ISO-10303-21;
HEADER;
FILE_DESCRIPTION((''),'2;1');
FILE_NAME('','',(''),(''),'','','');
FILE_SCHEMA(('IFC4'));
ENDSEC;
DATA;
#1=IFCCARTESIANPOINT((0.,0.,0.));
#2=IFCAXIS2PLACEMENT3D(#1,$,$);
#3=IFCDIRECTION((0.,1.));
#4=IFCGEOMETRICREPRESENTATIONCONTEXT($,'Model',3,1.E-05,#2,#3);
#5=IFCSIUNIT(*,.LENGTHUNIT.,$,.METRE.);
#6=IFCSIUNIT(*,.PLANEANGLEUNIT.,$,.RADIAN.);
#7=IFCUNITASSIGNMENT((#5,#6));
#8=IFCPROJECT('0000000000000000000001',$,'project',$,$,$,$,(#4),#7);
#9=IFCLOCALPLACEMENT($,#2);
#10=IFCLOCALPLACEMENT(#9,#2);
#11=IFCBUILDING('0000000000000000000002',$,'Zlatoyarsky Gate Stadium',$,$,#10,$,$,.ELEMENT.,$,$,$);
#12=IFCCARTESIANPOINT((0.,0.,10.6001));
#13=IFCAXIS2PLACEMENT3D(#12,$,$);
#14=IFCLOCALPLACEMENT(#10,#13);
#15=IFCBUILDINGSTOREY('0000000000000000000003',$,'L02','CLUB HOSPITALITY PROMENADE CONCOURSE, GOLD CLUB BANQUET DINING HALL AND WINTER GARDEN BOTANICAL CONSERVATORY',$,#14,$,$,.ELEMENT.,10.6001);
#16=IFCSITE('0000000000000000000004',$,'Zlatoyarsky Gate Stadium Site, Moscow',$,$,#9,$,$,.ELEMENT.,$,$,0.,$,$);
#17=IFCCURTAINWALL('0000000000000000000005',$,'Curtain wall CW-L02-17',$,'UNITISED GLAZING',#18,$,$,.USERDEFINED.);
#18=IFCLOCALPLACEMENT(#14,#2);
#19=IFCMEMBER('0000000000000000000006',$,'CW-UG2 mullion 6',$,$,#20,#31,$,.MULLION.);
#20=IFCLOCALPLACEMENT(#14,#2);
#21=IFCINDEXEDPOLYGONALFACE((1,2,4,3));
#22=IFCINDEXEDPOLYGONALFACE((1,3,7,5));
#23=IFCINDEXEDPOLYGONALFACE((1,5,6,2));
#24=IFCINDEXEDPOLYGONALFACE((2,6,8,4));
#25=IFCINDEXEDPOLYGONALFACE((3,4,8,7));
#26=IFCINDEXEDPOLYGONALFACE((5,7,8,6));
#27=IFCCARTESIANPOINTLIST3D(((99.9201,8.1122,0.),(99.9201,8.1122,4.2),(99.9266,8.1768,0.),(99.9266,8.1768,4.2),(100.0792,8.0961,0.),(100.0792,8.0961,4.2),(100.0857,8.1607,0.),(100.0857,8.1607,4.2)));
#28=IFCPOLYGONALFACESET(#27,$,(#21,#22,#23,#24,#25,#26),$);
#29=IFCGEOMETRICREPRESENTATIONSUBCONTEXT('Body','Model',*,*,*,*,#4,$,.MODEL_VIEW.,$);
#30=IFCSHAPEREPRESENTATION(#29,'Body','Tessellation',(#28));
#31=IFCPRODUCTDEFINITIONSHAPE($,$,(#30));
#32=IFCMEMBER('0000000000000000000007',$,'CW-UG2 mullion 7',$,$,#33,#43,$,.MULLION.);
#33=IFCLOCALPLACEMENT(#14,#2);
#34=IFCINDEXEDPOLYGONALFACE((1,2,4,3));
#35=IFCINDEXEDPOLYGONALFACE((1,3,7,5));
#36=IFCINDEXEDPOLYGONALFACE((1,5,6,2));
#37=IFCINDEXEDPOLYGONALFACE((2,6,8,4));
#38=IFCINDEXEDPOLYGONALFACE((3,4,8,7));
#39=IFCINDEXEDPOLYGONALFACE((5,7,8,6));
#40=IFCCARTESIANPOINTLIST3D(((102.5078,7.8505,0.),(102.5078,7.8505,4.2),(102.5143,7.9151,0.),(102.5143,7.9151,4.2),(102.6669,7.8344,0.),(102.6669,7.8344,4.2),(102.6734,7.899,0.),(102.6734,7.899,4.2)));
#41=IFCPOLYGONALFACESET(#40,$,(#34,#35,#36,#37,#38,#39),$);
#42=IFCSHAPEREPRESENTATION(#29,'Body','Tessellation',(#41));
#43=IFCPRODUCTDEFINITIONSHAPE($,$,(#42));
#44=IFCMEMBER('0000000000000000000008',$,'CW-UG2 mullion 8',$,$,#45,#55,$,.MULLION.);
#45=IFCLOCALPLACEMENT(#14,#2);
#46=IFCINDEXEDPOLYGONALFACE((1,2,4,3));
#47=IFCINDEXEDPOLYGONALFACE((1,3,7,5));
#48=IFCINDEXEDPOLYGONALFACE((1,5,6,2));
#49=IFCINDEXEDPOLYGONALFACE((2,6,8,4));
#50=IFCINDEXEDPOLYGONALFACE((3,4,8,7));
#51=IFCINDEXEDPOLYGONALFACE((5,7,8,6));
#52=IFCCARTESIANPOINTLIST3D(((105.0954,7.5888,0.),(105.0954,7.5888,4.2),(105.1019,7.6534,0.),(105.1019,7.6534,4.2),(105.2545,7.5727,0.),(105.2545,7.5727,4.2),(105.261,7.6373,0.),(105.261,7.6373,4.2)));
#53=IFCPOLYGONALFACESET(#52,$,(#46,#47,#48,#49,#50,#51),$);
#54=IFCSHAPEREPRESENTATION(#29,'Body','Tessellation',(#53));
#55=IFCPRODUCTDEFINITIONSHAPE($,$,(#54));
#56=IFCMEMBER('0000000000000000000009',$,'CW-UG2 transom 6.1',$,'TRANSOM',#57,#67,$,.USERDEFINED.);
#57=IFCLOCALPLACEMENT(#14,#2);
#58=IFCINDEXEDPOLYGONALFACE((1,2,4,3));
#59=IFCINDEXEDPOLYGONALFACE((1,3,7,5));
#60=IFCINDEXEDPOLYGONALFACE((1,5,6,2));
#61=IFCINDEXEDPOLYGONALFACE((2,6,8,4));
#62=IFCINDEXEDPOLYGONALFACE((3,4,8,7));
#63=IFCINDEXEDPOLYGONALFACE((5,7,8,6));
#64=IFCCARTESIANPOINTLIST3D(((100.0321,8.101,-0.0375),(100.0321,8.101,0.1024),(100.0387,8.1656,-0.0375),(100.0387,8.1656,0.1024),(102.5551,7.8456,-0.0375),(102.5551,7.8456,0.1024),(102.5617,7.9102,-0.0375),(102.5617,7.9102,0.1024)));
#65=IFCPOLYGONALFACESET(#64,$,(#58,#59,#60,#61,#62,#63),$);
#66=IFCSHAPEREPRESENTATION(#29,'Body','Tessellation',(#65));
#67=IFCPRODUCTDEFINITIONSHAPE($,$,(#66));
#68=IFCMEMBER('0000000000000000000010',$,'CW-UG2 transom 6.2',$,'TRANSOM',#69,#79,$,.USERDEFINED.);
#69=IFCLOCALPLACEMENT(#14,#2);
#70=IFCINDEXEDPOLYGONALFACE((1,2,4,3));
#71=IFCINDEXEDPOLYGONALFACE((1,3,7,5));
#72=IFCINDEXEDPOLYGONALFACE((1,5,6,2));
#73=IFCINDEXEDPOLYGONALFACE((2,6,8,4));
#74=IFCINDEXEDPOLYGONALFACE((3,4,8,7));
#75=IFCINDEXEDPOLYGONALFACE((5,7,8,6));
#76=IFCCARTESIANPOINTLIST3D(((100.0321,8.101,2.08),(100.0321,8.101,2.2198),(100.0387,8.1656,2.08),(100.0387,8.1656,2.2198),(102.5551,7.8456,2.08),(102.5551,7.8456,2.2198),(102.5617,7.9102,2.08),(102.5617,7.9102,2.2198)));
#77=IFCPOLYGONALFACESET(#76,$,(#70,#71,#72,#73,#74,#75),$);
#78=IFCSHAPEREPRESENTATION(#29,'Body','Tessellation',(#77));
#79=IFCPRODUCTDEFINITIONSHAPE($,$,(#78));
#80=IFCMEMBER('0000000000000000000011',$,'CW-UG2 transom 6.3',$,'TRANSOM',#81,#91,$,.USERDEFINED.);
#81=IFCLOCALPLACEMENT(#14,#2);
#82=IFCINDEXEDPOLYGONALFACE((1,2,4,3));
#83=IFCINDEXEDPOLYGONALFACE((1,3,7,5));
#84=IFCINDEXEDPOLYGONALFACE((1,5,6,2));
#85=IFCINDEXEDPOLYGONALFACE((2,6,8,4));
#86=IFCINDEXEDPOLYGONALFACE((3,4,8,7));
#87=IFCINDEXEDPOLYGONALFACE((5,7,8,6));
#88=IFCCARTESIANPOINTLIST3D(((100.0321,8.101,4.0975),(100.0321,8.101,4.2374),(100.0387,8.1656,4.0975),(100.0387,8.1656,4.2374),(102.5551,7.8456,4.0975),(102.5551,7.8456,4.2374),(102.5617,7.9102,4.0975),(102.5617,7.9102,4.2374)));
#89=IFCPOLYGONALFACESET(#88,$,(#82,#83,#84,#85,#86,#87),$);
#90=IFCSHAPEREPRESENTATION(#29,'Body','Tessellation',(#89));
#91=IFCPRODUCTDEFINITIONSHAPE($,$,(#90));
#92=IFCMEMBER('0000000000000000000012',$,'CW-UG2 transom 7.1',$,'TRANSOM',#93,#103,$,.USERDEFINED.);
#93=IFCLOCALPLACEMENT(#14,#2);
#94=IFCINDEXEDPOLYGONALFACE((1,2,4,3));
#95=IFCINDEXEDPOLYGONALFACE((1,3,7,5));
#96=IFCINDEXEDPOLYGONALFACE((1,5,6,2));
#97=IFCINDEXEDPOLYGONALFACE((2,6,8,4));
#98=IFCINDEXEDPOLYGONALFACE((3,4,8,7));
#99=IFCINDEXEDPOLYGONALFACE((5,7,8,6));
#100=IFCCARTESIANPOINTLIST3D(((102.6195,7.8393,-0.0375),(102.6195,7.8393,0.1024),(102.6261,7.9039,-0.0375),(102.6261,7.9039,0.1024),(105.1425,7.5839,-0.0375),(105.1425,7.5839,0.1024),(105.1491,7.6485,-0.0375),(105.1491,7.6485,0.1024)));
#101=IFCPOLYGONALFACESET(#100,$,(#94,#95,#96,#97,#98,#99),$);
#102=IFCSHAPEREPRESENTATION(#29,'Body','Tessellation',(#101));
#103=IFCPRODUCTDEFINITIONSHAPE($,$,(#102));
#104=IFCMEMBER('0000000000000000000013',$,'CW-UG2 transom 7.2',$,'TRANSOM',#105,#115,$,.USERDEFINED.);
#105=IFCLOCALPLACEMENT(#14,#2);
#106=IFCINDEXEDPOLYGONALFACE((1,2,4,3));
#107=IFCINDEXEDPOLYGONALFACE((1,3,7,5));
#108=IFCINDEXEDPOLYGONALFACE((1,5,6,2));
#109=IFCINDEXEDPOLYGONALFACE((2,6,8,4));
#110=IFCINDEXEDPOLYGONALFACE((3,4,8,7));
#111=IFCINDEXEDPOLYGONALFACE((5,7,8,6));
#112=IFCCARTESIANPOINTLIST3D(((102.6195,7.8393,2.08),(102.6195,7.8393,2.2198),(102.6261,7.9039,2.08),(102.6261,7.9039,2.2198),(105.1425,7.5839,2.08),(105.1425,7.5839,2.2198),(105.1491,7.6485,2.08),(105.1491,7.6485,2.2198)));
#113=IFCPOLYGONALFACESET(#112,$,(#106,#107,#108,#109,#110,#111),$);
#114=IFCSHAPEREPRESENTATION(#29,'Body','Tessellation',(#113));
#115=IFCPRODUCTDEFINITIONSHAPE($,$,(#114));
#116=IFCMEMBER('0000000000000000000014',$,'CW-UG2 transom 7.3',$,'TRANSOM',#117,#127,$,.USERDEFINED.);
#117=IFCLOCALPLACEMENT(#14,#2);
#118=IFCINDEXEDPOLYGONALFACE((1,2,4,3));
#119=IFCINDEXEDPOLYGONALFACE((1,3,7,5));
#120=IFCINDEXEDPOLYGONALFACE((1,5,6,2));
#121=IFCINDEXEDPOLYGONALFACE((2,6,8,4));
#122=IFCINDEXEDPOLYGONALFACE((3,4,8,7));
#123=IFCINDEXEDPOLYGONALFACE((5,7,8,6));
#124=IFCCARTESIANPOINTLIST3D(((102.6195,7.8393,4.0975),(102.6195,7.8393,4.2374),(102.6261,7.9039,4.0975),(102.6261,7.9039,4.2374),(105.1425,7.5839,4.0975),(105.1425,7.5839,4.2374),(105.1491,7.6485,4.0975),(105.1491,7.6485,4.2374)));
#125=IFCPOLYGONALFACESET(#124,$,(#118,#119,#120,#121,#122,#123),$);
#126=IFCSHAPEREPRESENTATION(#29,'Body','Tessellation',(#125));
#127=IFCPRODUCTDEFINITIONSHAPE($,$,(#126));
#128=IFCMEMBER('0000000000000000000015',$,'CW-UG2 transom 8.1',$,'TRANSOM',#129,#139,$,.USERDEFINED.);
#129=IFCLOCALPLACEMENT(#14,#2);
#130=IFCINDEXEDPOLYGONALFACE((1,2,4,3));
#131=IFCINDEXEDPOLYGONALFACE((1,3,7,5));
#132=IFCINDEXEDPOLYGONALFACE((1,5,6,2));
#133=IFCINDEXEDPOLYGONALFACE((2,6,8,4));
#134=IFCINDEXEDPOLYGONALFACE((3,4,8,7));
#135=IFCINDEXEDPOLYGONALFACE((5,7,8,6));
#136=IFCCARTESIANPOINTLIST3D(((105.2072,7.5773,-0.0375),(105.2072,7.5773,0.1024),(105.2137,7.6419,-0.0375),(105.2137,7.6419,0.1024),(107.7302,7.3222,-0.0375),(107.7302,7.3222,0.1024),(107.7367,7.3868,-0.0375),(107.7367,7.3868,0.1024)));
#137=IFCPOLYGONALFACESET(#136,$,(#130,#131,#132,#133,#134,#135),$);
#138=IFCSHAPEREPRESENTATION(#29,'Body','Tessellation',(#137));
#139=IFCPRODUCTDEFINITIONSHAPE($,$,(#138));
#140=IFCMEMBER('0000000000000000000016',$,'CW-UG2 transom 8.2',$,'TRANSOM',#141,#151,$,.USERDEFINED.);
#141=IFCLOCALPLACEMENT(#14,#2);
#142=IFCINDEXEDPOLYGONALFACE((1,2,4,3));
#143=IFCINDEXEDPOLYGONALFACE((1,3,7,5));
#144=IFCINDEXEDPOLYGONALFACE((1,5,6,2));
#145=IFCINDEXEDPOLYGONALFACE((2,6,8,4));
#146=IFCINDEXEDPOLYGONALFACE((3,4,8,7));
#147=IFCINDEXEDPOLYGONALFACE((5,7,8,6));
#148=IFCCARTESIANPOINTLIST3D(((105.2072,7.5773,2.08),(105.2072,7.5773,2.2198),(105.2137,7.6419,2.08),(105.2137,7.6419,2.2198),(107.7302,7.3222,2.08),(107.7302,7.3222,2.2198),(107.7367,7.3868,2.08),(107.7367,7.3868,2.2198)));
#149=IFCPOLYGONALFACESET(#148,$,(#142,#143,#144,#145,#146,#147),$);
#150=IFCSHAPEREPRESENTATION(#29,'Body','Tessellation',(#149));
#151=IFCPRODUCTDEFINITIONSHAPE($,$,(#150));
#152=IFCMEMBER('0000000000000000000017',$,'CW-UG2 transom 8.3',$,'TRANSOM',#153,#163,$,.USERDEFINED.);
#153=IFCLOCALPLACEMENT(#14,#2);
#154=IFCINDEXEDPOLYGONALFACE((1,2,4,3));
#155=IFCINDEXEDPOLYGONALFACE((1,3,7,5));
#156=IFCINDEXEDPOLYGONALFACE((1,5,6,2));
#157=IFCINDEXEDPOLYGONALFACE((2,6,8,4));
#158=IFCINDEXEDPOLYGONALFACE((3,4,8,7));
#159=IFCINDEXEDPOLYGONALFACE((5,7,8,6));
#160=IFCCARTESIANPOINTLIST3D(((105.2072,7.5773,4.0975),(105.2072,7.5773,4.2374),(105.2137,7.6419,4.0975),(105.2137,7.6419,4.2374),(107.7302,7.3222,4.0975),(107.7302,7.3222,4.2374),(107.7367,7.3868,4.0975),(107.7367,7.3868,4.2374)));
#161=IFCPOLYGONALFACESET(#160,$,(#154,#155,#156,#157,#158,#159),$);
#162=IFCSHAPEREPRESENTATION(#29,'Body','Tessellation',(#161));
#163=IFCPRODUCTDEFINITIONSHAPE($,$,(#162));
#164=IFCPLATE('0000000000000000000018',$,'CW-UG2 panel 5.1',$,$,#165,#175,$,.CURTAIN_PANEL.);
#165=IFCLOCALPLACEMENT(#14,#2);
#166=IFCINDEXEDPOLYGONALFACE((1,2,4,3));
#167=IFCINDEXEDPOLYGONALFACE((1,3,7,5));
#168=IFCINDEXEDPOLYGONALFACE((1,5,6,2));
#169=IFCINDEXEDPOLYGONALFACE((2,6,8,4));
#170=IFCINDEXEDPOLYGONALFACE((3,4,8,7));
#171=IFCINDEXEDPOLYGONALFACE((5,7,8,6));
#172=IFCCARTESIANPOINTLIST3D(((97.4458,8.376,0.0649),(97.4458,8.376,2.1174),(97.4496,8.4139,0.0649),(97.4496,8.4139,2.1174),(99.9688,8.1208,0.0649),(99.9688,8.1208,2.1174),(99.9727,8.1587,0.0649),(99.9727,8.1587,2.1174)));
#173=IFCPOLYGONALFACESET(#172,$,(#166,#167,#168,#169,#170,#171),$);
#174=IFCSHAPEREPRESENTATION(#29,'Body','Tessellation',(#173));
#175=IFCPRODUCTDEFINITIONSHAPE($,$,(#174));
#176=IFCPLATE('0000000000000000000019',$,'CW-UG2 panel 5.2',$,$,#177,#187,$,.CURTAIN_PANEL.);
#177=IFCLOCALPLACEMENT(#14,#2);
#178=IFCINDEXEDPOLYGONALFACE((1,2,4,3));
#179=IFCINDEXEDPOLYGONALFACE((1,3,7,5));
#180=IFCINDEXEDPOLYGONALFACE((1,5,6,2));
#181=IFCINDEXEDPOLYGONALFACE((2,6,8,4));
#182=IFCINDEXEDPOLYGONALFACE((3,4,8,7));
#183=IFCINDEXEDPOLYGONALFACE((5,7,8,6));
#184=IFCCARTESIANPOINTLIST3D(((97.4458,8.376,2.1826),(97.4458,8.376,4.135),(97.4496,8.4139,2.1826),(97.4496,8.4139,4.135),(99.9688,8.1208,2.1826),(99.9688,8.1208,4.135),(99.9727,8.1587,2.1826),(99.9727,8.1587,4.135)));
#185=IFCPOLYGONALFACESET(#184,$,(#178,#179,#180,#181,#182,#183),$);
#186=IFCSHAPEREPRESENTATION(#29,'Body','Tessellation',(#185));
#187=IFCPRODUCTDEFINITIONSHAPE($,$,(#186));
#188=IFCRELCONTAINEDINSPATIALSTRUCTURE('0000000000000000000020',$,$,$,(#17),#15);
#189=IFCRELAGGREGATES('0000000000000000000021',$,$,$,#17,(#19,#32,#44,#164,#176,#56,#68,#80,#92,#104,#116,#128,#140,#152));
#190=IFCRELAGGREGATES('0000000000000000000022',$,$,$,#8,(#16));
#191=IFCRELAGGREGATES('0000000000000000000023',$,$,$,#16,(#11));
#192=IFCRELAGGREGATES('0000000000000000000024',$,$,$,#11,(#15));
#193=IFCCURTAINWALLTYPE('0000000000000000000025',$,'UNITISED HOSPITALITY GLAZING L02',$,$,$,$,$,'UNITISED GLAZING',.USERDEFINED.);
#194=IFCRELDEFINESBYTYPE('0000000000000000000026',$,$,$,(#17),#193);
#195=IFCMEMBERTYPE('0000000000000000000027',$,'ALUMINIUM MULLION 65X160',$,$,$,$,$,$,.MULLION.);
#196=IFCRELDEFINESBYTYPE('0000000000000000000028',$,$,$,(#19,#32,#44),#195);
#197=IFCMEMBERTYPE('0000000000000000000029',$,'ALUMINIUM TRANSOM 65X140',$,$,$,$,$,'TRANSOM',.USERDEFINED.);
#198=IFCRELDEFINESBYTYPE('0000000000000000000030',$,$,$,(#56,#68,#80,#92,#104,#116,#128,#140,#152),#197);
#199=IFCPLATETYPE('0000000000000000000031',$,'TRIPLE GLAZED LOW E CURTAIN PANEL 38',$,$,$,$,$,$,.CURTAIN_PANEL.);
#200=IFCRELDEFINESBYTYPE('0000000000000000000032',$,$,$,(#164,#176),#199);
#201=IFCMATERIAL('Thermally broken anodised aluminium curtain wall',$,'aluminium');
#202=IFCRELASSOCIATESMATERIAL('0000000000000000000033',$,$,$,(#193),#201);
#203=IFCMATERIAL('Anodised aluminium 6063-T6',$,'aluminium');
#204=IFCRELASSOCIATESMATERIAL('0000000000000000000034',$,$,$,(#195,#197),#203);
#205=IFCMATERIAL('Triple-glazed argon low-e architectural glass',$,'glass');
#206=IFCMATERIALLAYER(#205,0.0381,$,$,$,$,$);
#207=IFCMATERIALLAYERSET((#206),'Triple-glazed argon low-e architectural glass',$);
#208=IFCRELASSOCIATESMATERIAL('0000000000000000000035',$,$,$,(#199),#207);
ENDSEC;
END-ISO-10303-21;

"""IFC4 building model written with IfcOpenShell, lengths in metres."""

from ifc_helpers import new_model, si_unit, direction, frame, origin, origin_2d, place, context, subcontext, project, spatial, rectangle, extrude, material, layer, layer_set, material_profile, profile_set, type_object, element, aggregate, save


model = new_model("IFC4")

# Units and contexts
model_context = context("Model", 3, precision=1e-05, world=origin(), true_north=direction((0.0, 1.0)))
body_context = subcontext(model_context, "Body", "Model", "MODEL_VIEW")
ifc_project = project(units=[si_unit("LENGTHUNIT", "METRE"), si_unit("PLANEANGLEUNIT", "RADIAN")], contexts=[model_context])

# Site, building, storey
site_placement = place(None, origin())
site = spatial("IfcSite", under=ifc_project, at=site_placement, Name="Zlatoyarsky Gate Stadium Site, Moscow", CompositionType="ELEMENT", RefElevation=0.0)
building_placement = place(site_placement, origin())
building = spatial("IfcBuilding", under=site, at=building_placement, Name="Zlatoyarsky Gate Stadium", CompositionType="ELEMENT")
storey_placement = place(building_placement, frame((0.0, 0.0, 10.6001)))
storey = spatial("IfcBuildingStorey", under=building, at=storey_placement, Name="L02", Description="CLUB HOSPITALITY PROMENADE CONCOURSE, GOLD CLUB BANQUET DINING HALL AND WINTER GARDEN BOTANICAL CONSERVATORY", CompositionType="ELEMENT", Elevation=10.6001)

# Curtain wall, members, plates
ifc_material_1 = material(Name="Thermally broken anodised aluminium curtain wall", Category="aluminium")
curtain_wall_type = type_object("IfcCurtainWallType", Name="UNITISED HOSPITALITY GLAZING L02", ElementType="UNITISED GLAZING", PredefinedType="USERDEFINED", material=ifc_material_1)
curtain_wall_placement = place(storey_placement, origin())
curtain_wall = element("IfcCurtainWall", 1, at=curtain_wall_placement, inside=storey, type_object=curtain_wall_type, Name="Curtain wall CW-L02-17", ObjectType="UNITISED GLAZING", PredefinedType="USERDEFINED")
ifc_material_2 = material(Name="Anodised aluminium 6063-T6", Category="aluminium")
ifc_material_profile_1 = material_profile(ifc_material_2, rectangle(XDim=0.0649, YDim=0.1599, at=origin_2d()), Name="ALU 65X160")
ifc_profile_set_1 = profile_set([ifc_material_profile_1], Name="Anodised aluminium 6063-T6")
member_type_1 = type_object("IfcMemberType", Name="ALUMINIUM MULLION 65X160", PredefinedType="MULLION", material=ifc_profile_set_1)
member_1_placement = place(storey_placement, frame((100.0029, 8.1365, 0.0), z_axis=(0.0, 0.0, 1.0), x_axis=(0.100645, 0.994922, 0.0)))
member_1 = element("IfcMember", 2, at=member_1_placement, type_object=member_type_1, Name="CW-UG2 mullion 6", PredefinedType="MULLION", context=body_context, shape_type="SweptSolid", body=[
    extrude(rectangle(XDim=0.0649, YDim=0.1599, at=origin_2d()), origin(), (0.0, 0.0, 1.0), 4.2),
])
member_2_placement = place(storey_placement, frame((102.5906, 7.8748, 0.0), z_axis=(0.0, 0.0, 1.0), x_axis=(0.100645, 0.994922, 0.0)))
member_2 = element("IfcMember", 3, at=member_2_placement, type_object=member_type_1, Name="CW-UG2 mullion 7", PredefinedType="MULLION", context=body_context, shape_type="SweptSolid", body=[
    extrude(rectangle(XDim=0.0649, YDim=0.1599, at=origin_2d()), origin(), (0.0, 0.0, 1.0), 4.2),
])
member_3_placement = place(storey_placement, frame((105.1782, 7.613, 0.0), z_axis=(0.0, 0.0, 1.0), x_axis=(0.100645, 0.994922, 0.0)))
member_3 = element("IfcMember", 4, at=member_3_placement, type_object=member_type_1, Name="CW-UG2 mullion 8", PredefinedType="MULLION", context=body_context, shape_type="SweptSolid", body=[
    extrude(rectangle(XDim=0.0649, YDim=0.1599, at=origin_2d()), origin(), (0.0, 0.0, 1.0), 4.2),
])
ifc_material_profile_2 = material_profile(ifc_material_2, rectangle(XDim=0.0649, YDim=0.1399, at=origin_2d()), Name="ALU 65X140")
ifc_profile_set_2 = profile_set([ifc_material_profile_2], Name="Anodised aluminium 6063-T6")
member_type_2 = type_object("IfcMemberType", Name="ALUMINIUM TRANSOM 65X140", ElementType="TRANSOM", PredefinedType="USERDEFINED", material=ifc_profile_set_2)
member_4_placement = place(storey_placement, frame((100.0354, 8.1333, 0.0325), z_axis=(0.994916, -0.100705, 0.0), x_axis=(0.100705, 0.994916, 0.0)))
member_4 = element("IfcMember", 5, at=member_4_placement, type_object=member_type_2, Name="CW-UG2 transom 6.1", ObjectType="TRANSOM", PredefinedType="USERDEFINED", context=body_context, shape_type="SweptSolid", body=[
    extrude(rectangle(XDim=0.0649, YDim=0.1399, at=origin_2d()), origin(), (0.0, 0.0, 1.0), 2.5359),
])
member_5_placement = place(storey_placement, frame((100.0354, 8.1333, 2.1499), z_axis=(0.994916, -0.100705, 0.0), x_axis=(0.100705, 0.994916, 0.0)))
member_5 = element("IfcMember", 6, at=member_5_placement, type_object=member_type_2, Name="CW-UG2 transom 6.2", ObjectType="TRANSOM", PredefinedType="USERDEFINED", context=body_context, shape_type="SweptSolid", body=[
    extrude(rectangle(XDim=0.0649, YDim=0.1399, at=origin_2d()), origin(), (0.0, 0.0, 1.0), 2.5359),
])
member_6_placement = place(storey_placement, frame((100.0354, 8.1333, 4.1675), z_axis=(0.994916, -0.100705, 0.0), x_axis=(0.100705, 0.994916, 0.0)))
member_6 = element("IfcMember", 7, at=member_6_placement, type_object=member_type_2, Name="CW-UG2 transom 6.3", ObjectType="TRANSOM", PredefinedType="USERDEFINED", context=body_context, shape_type="SweptSolid", body=[
    extrude(rectangle(XDim=0.0649, YDim=0.1399, at=origin_2d()), origin(), (0.0, 0.0, 1.0), 2.5359),
])
member_7_placement = place(storey_placement, frame((102.6228, 7.8716, 0.0325), z_axis=(0.994916, -0.100705, 0.0), x_axis=(0.100705, 0.994916, 0.0)))
member_7 = element("IfcMember", 8, at=member_7_placement, type_object=member_type_2, Name="CW-UG2 transom 7.1", ObjectType="TRANSOM", PredefinedType="USERDEFINED", context=body_context, shape_type="SweptSolid", body=[
    extrude(rectangle(XDim=0.0649, YDim=0.1399, at=origin_2d()), origin(), (0.0, 0.0, 1.0), 2.5359),
])
member_8_placement = place(storey_placement, frame((102.6228, 7.8716, 2.1499), z_axis=(0.994916, -0.100705, 0.0), x_axis=(0.100705, 0.994916, 0.0)))
member_8 = element("IfcMember", 9, at=member_8_placement, type_object=member_type_2, Name="CW-UG2 transom 7.2", ObjectType="TRANSOM", PredefinedType="USERDEFINED", context=body_context, shape_type="SweptSolid", body=[
    extrude(rectangle(XDim=0.0649, YDim=0.1399, at=origin_2d()), origin(), (0.0, 0.0, 1.0), 2.5359),
])
member_9_placement = place(storey_placement, frame((102.6228, 7.8716, 4.1675), z_axis=(0.994916, -0.100705, 0.0), x_axis=(0.100705, 0.994916, 0.0)))
member_9 = element("IfcMember", 10, at=member_9_placement, type_object=member_type_2, Name="CW-UG2 transom 7.3", ObjectType="TRANSOM", PredefinedType="USERDEFINED", context=body_context, shape_type="SweptSolid", body=[
    extrude(rectangle(XDim=0.0649, YDim=0.1399, at=origin_2d()), origin(), (0.0, 0.0, 1.0), 2.5359),
])
member_10_placement = place(storey_placement, frame((105.2104, 7.6096, 0.0325), z_axis=(0.994926, -0.100609, 0.0), x_axis=(0.100609, 0.994926, 0.0)))
member_10 = element("IfcMember", 11, at=member_10_placement, type_object=member_type_2, Name="CW-UG2 transom 8.1", ObjectType="TRANSOM", PredefinedType="USERDEFINED", context=body_context, shape_type="SweptSolid", body=[
    extrude(rectangle(XDim=0.0649, YDim=0.1399, at=origin_2d()), origin(), (0.0, 0.0, 1.0), 2.5359),
])
member_11_placement = place(storey_placement, frame((105.2104, 7.6096, 2.1499), z_axis=(0.994926, -0.100609, 0.0), x_axis=(0.100609, 0.994926, 0.0)))
member_11 = element("IfcMember", 12, at=member_11_placement, type_object=member_type_2, Name="CW-UG2 transom 8.2", ObjectType="TRANSOM", PredefinedType="USERDEFINED", context=body_context, shape_type="SweptSolid", body=[
    extrude(rectangle(XDim=0.0649, YDim=0.1399, at=origin_2d()), origin(), (0.0, 0.0, 1.0), 2.5359),
])
member_12_placement = place(storey_placement, frame((105.2104, 7.6096, 4.1675), z_axis=(0.994926, -0.100609, 0.0), x_axis=(0.100609, 0.994926, 0.0)))
member_12 = element("IfcMember", 13, at=member_12_placement, type_object=member_type_2, Name="CW-UG2 transom 8.3", ObjectType="TRANSOM", PredefinedType="USERDEFINED", context=body_context, shape_type="SweptSolid", body=[
    extrude(rectangle(XDim=0.0649, YDim=0.1399, at=origin_2d()), origin(), (0.0, 0.0, 1.0), 2.5359),
])
ifc_material_3 = material(Name="Triple-glazed argon low-e architectural glass", Category="glass")
ifc_layer_1 = layer(ifc_material_3, 0.0381)
ifc_layer_set_1 = layer_set([ifc_layer_1], Name="Triple-glazed argon low-e architectural glass")
plate_type = type_object("IfcPlateType", Name="TRIPLE GLAZED LOW E CURTAIN PANEL 38", PredefinedType="CURTAIN_PANEL", material=ifc_layer_set_1)
plate_1_placement = place(storey_placement, frame((98.7092, 8.2673, 0.0649), z_axis=(0.0, 0.0, 1.0), x_axis=(0.994922, -0.100645, 0.0)))
plate_1 = element("IfcPlate", 14, at=plate_1_placement, type_object=plate_type, Name="CW-UG2 panel 5.1", PredefinedType="CURTAIN_PANEL", context=body_context, shape_type="SweptSolid", body=[
    extrude(rectangle(XDim=2.5359, YDim=0.0381, at=origin_2d()), origin(), (0.0, 0.0, 1.0), 2.0525),
])
plate_2_placement = place(storey_placement, frame((98.7092, 8.2673, 2.1826), z_axis=(0.0, 0.0, 1.0), x_axis=(0.994922, -0.100645, 0.0)))
plate_2 = element("IfcPlate", 15, at=plate_2_placement, type_object=plate_type, Name="CW-UG2 panel 5.2", PredefinedType="CURTAIN_PANEL", context=body_context, shape_type="SweptSolid", body=[
    extrude(rectangle(XDim=2.5359, YDim=0.0381, at=origin_2d()), origin(), (0.0, 0.0, 1.0), 1.9524),
])
aggregate(curtain_wall, [member_1, member_2, member_3, plate_1, plate_2, member_4, member_5, member_6, member_7, member_8, member_9, member_10, member_11, member_12])

save(model, "model.ifc")
